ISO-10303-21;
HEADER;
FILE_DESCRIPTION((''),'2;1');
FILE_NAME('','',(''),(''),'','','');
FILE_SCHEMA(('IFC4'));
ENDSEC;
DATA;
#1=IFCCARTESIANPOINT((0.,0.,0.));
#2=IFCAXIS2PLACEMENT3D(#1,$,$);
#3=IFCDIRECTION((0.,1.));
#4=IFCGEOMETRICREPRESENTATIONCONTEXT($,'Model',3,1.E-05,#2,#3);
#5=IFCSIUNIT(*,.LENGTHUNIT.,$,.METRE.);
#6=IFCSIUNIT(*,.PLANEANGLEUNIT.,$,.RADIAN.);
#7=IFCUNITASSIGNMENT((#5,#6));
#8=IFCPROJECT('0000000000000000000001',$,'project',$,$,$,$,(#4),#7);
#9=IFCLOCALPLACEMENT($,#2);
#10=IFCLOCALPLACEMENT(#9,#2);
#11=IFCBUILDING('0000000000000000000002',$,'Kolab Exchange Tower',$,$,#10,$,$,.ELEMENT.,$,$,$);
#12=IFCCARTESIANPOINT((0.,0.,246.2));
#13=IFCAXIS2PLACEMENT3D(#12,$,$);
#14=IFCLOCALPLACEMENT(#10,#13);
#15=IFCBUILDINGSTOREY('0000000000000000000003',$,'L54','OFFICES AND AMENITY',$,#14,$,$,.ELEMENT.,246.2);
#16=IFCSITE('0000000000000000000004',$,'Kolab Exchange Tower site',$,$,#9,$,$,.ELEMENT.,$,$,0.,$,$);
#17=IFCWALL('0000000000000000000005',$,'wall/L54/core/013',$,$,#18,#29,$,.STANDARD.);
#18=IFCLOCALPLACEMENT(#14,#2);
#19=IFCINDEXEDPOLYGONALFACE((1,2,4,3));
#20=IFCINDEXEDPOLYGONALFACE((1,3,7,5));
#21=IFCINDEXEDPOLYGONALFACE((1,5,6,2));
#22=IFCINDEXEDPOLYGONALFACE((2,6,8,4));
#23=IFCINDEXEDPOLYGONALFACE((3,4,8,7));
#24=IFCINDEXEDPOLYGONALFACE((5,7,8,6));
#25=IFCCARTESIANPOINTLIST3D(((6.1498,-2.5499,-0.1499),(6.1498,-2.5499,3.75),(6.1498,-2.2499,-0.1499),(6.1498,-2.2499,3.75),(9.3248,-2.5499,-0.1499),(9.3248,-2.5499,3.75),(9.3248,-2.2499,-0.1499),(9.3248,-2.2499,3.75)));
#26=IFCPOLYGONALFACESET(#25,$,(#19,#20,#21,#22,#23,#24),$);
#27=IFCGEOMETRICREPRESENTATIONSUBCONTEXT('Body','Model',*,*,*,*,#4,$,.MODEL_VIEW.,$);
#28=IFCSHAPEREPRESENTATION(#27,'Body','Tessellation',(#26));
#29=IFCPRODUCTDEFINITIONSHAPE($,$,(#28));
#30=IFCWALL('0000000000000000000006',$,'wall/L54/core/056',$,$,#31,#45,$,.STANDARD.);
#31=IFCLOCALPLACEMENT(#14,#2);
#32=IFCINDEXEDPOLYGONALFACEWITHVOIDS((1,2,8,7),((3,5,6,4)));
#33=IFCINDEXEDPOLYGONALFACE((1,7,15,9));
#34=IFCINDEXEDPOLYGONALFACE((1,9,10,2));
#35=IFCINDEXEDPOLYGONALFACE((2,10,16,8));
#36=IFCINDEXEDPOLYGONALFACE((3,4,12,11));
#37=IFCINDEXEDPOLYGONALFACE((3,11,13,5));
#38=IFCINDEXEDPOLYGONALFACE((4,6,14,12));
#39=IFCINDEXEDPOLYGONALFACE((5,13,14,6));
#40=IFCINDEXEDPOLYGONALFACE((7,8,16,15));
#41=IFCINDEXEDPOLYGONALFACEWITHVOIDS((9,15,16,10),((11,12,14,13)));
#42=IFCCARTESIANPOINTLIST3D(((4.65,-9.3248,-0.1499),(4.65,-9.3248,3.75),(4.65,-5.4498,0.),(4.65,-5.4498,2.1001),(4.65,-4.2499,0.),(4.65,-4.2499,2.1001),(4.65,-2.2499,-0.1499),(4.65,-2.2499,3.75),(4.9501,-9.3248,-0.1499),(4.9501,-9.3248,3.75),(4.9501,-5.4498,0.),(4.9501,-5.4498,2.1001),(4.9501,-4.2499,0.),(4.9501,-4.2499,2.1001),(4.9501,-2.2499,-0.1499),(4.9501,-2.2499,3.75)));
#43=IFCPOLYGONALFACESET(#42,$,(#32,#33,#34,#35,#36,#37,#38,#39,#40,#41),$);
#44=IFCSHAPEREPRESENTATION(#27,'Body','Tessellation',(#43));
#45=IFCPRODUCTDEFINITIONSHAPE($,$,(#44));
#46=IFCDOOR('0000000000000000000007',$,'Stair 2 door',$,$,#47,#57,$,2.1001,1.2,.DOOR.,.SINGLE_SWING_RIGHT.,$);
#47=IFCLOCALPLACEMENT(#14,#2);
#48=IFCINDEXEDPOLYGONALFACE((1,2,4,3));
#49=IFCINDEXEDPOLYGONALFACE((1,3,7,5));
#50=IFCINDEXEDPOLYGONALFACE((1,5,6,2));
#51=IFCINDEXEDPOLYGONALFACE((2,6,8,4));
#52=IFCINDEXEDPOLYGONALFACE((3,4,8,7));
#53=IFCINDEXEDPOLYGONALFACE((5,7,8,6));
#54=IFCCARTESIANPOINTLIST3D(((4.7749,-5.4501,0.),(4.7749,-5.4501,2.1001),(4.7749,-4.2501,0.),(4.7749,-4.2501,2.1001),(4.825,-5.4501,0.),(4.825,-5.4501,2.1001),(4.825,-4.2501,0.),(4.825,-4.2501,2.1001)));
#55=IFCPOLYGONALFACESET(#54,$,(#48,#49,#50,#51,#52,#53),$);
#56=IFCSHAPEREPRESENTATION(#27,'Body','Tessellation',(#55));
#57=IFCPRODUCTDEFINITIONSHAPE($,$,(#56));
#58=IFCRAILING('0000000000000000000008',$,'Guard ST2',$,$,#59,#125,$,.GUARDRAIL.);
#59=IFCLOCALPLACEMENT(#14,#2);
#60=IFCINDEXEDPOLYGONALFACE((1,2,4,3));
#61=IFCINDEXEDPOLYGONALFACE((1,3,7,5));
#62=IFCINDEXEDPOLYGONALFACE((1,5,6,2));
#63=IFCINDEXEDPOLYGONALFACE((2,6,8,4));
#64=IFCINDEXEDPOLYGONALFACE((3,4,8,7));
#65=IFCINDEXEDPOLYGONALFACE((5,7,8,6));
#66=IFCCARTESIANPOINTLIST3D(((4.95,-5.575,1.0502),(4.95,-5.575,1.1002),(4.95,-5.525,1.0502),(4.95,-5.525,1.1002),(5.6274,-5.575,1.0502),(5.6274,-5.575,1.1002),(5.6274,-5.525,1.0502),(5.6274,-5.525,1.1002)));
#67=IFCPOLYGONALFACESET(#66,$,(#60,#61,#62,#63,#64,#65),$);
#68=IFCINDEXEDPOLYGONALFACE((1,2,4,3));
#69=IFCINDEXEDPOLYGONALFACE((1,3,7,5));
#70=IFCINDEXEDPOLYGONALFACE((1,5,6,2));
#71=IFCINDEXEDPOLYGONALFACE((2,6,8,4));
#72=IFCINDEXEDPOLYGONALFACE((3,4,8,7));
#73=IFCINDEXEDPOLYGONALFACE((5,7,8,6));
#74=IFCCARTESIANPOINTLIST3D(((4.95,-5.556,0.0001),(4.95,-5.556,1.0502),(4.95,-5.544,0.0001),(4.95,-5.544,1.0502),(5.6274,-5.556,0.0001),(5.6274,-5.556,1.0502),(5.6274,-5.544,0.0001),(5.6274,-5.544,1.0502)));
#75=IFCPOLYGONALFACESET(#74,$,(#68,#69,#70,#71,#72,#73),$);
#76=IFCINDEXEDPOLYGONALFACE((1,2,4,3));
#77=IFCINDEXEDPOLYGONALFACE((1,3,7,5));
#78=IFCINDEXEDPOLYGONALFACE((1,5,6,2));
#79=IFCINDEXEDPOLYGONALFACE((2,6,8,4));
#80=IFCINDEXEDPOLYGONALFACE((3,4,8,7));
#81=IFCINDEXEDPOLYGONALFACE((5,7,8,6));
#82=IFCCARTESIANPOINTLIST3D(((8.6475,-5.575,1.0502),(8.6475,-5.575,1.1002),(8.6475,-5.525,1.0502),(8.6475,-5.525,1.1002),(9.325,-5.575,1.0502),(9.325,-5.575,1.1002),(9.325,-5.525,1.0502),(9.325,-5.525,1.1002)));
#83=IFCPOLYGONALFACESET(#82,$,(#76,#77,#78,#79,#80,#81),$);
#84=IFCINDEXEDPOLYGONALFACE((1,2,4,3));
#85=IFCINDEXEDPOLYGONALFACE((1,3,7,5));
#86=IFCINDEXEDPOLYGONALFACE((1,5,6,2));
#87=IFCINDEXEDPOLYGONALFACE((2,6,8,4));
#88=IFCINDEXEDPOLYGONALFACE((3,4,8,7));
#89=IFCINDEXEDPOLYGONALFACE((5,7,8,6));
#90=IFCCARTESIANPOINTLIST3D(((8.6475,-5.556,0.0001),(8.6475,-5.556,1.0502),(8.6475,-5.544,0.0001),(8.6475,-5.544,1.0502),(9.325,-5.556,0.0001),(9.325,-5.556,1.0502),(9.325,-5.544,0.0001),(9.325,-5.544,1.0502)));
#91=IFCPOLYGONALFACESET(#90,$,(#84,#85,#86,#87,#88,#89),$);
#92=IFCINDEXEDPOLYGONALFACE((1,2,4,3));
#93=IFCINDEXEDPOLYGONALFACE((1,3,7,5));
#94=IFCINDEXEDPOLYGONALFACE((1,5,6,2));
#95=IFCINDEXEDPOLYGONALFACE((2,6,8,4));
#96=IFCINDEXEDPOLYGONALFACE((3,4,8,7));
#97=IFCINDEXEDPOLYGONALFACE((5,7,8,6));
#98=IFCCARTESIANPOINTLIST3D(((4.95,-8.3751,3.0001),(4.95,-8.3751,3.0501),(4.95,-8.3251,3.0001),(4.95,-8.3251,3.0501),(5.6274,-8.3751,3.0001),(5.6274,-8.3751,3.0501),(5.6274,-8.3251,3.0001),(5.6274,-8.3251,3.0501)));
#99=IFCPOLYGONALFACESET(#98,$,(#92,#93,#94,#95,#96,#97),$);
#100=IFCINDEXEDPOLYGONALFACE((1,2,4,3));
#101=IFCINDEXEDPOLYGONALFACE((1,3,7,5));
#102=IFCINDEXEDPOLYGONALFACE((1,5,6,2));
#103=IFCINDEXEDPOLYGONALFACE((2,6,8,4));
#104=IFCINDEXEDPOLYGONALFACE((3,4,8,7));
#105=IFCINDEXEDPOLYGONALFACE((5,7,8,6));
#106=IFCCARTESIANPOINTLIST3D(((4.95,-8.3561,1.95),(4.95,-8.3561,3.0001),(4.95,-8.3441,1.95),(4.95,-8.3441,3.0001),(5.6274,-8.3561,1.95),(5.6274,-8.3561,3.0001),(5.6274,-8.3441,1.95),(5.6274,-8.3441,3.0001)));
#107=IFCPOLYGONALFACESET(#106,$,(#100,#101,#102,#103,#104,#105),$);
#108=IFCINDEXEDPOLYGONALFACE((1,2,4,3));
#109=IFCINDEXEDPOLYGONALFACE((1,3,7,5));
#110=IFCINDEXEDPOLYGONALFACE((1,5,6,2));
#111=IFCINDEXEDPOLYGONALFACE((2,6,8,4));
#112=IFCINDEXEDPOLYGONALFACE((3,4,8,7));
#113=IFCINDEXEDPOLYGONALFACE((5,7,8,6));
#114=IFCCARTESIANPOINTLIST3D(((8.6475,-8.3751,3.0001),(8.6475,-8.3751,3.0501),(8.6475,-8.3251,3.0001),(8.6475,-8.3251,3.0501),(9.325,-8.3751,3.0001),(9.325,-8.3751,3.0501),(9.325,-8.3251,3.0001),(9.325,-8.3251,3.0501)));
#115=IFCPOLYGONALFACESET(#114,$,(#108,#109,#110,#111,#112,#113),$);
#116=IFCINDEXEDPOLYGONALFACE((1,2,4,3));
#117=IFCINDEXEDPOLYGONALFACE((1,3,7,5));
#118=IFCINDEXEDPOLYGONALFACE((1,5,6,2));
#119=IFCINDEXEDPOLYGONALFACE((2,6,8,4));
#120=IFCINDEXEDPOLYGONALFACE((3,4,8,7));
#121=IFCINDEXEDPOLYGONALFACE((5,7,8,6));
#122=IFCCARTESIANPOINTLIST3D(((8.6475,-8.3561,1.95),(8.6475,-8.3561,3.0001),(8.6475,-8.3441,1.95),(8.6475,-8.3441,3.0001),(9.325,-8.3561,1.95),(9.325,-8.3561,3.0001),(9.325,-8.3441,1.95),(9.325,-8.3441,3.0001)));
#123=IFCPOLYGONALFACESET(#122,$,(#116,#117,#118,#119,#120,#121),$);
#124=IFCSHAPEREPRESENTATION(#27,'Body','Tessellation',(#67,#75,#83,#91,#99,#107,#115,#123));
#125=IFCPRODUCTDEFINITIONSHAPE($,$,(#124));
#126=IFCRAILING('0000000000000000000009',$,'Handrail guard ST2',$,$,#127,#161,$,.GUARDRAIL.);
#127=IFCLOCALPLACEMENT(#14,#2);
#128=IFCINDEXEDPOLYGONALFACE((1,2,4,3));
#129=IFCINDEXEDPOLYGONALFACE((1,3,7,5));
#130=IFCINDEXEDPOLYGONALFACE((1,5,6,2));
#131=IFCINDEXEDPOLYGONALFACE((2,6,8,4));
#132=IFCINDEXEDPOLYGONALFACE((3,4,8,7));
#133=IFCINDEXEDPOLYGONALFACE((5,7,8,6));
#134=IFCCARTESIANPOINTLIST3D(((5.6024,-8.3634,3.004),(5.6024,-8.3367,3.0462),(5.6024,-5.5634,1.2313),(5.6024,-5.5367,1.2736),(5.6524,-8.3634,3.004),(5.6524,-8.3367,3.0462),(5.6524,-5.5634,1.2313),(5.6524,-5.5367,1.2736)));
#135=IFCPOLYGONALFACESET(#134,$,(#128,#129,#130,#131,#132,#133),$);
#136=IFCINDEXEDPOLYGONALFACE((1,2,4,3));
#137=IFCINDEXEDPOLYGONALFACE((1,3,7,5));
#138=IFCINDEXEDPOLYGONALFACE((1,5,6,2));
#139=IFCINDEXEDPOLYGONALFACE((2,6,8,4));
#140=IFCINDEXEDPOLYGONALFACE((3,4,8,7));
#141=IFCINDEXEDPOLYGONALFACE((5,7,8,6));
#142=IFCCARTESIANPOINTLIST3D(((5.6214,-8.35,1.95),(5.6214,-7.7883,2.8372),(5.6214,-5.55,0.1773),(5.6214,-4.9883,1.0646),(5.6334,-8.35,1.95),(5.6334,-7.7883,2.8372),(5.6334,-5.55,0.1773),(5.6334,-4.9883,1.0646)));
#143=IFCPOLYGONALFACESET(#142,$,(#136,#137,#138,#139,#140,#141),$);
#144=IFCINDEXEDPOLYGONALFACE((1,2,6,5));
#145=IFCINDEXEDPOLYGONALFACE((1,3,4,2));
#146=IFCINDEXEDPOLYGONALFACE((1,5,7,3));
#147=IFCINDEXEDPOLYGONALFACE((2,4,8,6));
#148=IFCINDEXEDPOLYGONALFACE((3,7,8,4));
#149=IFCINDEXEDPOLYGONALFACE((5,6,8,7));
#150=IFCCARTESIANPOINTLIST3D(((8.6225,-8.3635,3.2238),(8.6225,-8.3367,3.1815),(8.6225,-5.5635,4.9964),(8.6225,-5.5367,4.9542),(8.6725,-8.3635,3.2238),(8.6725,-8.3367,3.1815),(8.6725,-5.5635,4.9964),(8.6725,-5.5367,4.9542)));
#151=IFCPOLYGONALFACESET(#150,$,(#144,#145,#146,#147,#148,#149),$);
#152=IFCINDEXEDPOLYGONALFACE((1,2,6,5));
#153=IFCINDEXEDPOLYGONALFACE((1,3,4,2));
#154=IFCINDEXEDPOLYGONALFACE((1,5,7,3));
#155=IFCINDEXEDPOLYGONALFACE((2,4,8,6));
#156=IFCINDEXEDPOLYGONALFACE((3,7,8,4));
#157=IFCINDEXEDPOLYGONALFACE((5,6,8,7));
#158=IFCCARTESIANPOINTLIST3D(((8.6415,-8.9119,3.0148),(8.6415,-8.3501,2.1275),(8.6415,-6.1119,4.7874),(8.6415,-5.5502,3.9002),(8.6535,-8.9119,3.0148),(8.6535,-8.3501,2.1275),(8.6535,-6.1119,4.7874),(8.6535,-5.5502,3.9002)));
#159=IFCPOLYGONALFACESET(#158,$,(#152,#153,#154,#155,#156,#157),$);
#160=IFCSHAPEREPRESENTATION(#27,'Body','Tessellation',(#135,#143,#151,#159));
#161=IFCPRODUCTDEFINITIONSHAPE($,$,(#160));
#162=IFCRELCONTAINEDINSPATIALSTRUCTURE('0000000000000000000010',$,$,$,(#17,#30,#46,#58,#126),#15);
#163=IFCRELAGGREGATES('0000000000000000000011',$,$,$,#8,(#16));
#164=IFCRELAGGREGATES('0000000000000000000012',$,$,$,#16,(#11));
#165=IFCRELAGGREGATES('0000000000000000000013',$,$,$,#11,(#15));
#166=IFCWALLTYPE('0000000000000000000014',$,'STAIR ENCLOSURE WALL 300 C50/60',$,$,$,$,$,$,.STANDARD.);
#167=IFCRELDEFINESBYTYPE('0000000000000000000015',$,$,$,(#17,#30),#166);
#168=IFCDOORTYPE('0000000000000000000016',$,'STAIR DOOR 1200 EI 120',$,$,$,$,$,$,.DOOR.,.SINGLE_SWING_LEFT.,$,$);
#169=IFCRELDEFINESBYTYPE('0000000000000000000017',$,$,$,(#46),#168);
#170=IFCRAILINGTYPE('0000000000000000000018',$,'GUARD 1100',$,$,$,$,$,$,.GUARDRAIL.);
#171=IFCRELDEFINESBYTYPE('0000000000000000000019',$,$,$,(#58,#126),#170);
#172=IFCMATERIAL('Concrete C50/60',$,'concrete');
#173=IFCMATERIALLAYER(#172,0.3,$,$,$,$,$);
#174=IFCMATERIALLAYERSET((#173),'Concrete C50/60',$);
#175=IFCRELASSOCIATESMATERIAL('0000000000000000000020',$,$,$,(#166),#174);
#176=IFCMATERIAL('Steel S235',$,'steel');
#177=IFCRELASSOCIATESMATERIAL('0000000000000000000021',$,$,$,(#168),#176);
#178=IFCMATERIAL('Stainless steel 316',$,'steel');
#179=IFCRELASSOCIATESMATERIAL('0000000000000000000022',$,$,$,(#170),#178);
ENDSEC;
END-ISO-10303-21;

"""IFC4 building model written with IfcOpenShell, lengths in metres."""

from ifc_helpers import new_model, si_unit, direction, frame, frame_2d, origin, origin_2d, place, context, subcontext, project, spatial, rectangle, extrude, material, layer, layer_set, type_object, element, fill, save


model = new_model("IFC4")

# Units and contexts
model_context = context("Model", 3, precision=1e-05, world=origin(), true_north=direction((0.0, 1.0)))
body_context = subcontext(model_context, "Body", "Model", "MODEL_VIEW")
ifc_project = project(units=[si_unit("LENGTHUNIT", "METRE"), si_unit("PLANEANGLEUNIT", "RADIAN")], contexts=[model_context])

# Site, building, storey
site_placement = place(None, origin())
site = spatial("IfcSite", under=ifc_project, at=site_placement, Name="Kolab Exchange Tower site", CompositionType="ELEMENT", RefElevation=0.0)
building_placement = place(site_placement, origin())
building = spatial("IfcBuilding", under=site, at=building_placement, Name="Kolab Exchange Tower", CompositionType="ELEMENT")
storey_placement = place(building_placement, frame((0.0, 0.0, 246.2)))
storey = spatial("IfcBuildingStorey", under=building, at=storey_placement, Name="L54", Description="OFFICES AND AMENITY", CompositionType="ELEMENT", Elevation=246.2)

# Shared definitions
ifc_material_1 = material(Name="Concrete C50/60", Category="concrete")
ifc_material_2 = material(Name="Stainless steel 316", Category="steel")

# Shared definitions
ifc_material_3 = material(Name="Steel S235", Category="steel")

# Wall
ifc_layer_1 = layer(ifc_material_1, 0.3)
ifc_layer_set_1 = layer_set([ifc_layer_1], Name="Concrete C50/60")
wall_type_1 = type_object("IfcWallType", Name="STAIR ENCLOSURE WALL 300 C50/60", PredefinedType="STANDARD", material=ifc_layer_set_1)
wall_1_placement = place(storey_placement, frame((6.1499, -2.3999, -0.1499), z_axis=(0.0, 0.0, 1.0), x_axis=(1.0, 0.0, 0.0)))
element("IfcWall", 1, at=wall_1_placement, inside=storey, type_object=wall_type_1, Name="wall/L54/core/013", PredefinedType="STANDARD", context=body_context, shape_type="SweptSolid", body=[
    extrude(rectangle(XDim=3.175, YDim=0.3, at=frame_2d((1.5874, 0.0))), origin(), (0.0, 0.0, 1.0), 3.8999),
])

# Wall, opening, door
wall_2_placement = place(storey_placement, frame((4.8, -9.325, -0.1499), z_axis=(0.0, 0.0, 1.0), x_axis=(0.0, 1.0, 0.0)))
wall_2 = element("IfcWall", 2, at=wall_2_placement, inside=storey, type_object=wall_type_1, Name="wall/L54/core/056", PredefinedType="STANDARD", context=body_context, shape_type="SweptSolid", body=[
    extrude(rectangle(XDim=7.075, YDim=0.3, at=frame_2d((3.5376, 0.0))), origin(), (0.0, 0.0, 1.0), 3.8999),
])
opening_1_placement = place(wall_2_placement, frame((3.875, 0.0, 0.1499)))
opening_1 = element("IfcOpeningElement", 3, at=opening_1_placement, cuts=wall_2, PredefinedType="OPENING", context=body_context, shape_type="SweptSolid", body=[
    extrude(rectangle(XDim=1.2, YDim=2.1001, at=frame_2d((0.6001, 1.05))), frame((0.0, 0.1602, 0.0), z_axis=(0.0, -1.0, 0.0), x_axis=(1.0, 0.0, 0.0)), (0.0, 0.0, 1.0), 0.3201),
])
door_type_1 = type_object("IfcDoorType", Name="STAIR DOOR 1200 EI 120", OperationType="SINGLE_SWING_LEFT", PredefinedType="DOOR", material=ifc_material_3)
door_1_placement = place(opening_1_placement, frame((1.2, 0.0, 0.0), z_axis=(0.0, 0.0, 1.0), x_axis=(-1.0, 0.0, 0.0)))
door_1 = element("IfcDoor", 4, at=door_1_placement, inside=storey, type_object=door_type_1, Name="Stair 2 door", OperationType="SINGLE_SWING_RIGHT", OverallHeight=2.1001, OverallWidth=1.2, PredefinedType="DOOR", context=body_context, shape_type="SweptSolid", body=[
    extrude(rectangle(XDim=1.2, YDim=2.1001, at=frame_2d((0.6001, 1.05))), frame((0.0, 0.0249, 0.0), z_axis=(0.0, -1.0, 0.0), x_axis=(1.0, 0.0, 0.0)), (0.0, 0.0, 1.0), 0.05),
])
fill(opening_1, door_1)

# Railings
railing_type = type_object("IfcRailingType", Name="GUARD 1100", PredefinedType="GUARDRAIL", material=ifc_material_2)
railing_1_placement = place(storey_placement, frame((4.95, -5.55, 0.0)))
element("IfcRailing", 5, at=railing_1_placement, inside=storey, type_object=railing_type, Name="Guard ST2", PredefinedType="GUARDRAIL", context=body_context, shape_type="SweptSolid", body=[
    extrude(rectangle(XDim=0.05, YDim=0.05, at=origin_2d()), frame((0.0, 0.0, 1.0752), z_axis=(1.0, 0.0, 0.0), x_axis=(0.0, 1.0, 0.0)), (0.0, 0.0, 1.0), 0.6775),
    extrude(rectangle(XDim=0.012, YDim=1.0501, at=frame_2d((0.0, 0.5251))), frame((0.0, 0.0, 0.0), z_axis=(1.0, 0.0, 0.0), x_axis=(0.0, 1.0, 0.0)), (0.0, 0.0, 1.0), 0.6775),
    extrude(rectangle(XDim=0.05, YDim=0.05, at=origin_2d()), frame((3.6975, 0.0, 1.0752), z_axis=(1.0, 0.0, 0.0), x_axis=(0.0, 1.0, 0.0)), (0.0, 0.0, 1.0), 0.6775),
    extrude(rectangle(XDim=0.012, YDim=1.0501, at=frame_2d((0.0, 0.5251))), frame((3.6975, 0.0, 0.0), z_axis=(1.0, 0.0, 0.0), x_axis=(0.0, 1.0, 0.0)), (0.0, 0.0, 1.0), 0.6775),
    extrude(rectangle(XDim=0.05, YDim=0.05, at=origin_2d()), frame((0.0, -2.8, 3.0251), z_axis=(1.0, 0.0, 0.0), x_axis=(0.0, 1.0, 0.0)), (0.0, 0.0, 1.0), 0.6775),
    extrude(rectangle(XDim=0.012, YDim=1.0501, at=frame_2d((0.0, 0.5251))), frame((0.0, -2.8, 1.95), z_axis=(1.0, 0.0, 0.0), x_axis=(0.0, 1.0, 0.0)), (0.0, 0.0, 1.0), 0.6775),
    extrude(rectangle(XDim=0.05, YDim=0.05, at=origin_2d()), frame((3.6975, -2.8, 3.0251), z_axis=(1.0, 0.0, 0.0), x_axis=(0.0, 1.0, 0.0)), (0.0, 0.0, 1.0), 0.6775),
    extrude(rectangle(XDim=0.012, YDim=1.0501, at=frame_2d((0.0, 0.5251))), frame((3.6975, -2.8, 1.95), z_axis=(1.0, 0.0, 0.0), x_axis=(0.0, 1.0, 0.0)), (0.0, 0.0, 1.0), 0.6775),
])
railing_2_placement = place(storey_placement, frame((5.6274, -5.55, 0.1772)))
element("IfcRailing", 6, at=railing_2_placement, inside=storey, type_object=railing_type, Name="Handrail guard ST2", PredefinedType="GUARDRAIL", context=body_context, shape_type="SweptSolid", body=[
    extrude(rectangle(XDim=0.05, YDim=0.05, at=origin_2d()), frame((0.0, 0.0, 1.0752), z_axis=(0.0, -0.844909, 0.53491), x_axis=(1.0, 0.0, 0.0)), (0.0, 0.0, 1.0), 3.314),
    extrude(rectangle(XDim=0.012, YDim=1.0501, at=frame_2d((0.0, 0.5251))), frame((0.0, 0.0, 0.0), z_axis=(0.0, -0.844909, 0.53491), x_axis=(1.0, 0.0, 0.0)), (0.0, 0.0, 1.0), 3.314),
    extrude(rectangle(XDim=0.05, YDim=0.05, at=origin_2d()), frame((3.02, -2.8, 3.0254), z_axis=(0.0, 0.844909, 0.53491), x_axis=(-1.0, 0.0, 0.0)), (0.0, 0.0, 1.0), 3.314),
    extrude(rectangle(XDim=0.012, YDim=1.0501, at=frame_2d((0.0, 0.5251))), frame((3.02, -2.8, 1.9502), z_axis=(0.0, 0.844909, 0.53491), x_axis=(-1.0, 0.0, 0.0)), (0.0, 0.0, 1.0), 3.314),
])

save(model, "model.ifc")
